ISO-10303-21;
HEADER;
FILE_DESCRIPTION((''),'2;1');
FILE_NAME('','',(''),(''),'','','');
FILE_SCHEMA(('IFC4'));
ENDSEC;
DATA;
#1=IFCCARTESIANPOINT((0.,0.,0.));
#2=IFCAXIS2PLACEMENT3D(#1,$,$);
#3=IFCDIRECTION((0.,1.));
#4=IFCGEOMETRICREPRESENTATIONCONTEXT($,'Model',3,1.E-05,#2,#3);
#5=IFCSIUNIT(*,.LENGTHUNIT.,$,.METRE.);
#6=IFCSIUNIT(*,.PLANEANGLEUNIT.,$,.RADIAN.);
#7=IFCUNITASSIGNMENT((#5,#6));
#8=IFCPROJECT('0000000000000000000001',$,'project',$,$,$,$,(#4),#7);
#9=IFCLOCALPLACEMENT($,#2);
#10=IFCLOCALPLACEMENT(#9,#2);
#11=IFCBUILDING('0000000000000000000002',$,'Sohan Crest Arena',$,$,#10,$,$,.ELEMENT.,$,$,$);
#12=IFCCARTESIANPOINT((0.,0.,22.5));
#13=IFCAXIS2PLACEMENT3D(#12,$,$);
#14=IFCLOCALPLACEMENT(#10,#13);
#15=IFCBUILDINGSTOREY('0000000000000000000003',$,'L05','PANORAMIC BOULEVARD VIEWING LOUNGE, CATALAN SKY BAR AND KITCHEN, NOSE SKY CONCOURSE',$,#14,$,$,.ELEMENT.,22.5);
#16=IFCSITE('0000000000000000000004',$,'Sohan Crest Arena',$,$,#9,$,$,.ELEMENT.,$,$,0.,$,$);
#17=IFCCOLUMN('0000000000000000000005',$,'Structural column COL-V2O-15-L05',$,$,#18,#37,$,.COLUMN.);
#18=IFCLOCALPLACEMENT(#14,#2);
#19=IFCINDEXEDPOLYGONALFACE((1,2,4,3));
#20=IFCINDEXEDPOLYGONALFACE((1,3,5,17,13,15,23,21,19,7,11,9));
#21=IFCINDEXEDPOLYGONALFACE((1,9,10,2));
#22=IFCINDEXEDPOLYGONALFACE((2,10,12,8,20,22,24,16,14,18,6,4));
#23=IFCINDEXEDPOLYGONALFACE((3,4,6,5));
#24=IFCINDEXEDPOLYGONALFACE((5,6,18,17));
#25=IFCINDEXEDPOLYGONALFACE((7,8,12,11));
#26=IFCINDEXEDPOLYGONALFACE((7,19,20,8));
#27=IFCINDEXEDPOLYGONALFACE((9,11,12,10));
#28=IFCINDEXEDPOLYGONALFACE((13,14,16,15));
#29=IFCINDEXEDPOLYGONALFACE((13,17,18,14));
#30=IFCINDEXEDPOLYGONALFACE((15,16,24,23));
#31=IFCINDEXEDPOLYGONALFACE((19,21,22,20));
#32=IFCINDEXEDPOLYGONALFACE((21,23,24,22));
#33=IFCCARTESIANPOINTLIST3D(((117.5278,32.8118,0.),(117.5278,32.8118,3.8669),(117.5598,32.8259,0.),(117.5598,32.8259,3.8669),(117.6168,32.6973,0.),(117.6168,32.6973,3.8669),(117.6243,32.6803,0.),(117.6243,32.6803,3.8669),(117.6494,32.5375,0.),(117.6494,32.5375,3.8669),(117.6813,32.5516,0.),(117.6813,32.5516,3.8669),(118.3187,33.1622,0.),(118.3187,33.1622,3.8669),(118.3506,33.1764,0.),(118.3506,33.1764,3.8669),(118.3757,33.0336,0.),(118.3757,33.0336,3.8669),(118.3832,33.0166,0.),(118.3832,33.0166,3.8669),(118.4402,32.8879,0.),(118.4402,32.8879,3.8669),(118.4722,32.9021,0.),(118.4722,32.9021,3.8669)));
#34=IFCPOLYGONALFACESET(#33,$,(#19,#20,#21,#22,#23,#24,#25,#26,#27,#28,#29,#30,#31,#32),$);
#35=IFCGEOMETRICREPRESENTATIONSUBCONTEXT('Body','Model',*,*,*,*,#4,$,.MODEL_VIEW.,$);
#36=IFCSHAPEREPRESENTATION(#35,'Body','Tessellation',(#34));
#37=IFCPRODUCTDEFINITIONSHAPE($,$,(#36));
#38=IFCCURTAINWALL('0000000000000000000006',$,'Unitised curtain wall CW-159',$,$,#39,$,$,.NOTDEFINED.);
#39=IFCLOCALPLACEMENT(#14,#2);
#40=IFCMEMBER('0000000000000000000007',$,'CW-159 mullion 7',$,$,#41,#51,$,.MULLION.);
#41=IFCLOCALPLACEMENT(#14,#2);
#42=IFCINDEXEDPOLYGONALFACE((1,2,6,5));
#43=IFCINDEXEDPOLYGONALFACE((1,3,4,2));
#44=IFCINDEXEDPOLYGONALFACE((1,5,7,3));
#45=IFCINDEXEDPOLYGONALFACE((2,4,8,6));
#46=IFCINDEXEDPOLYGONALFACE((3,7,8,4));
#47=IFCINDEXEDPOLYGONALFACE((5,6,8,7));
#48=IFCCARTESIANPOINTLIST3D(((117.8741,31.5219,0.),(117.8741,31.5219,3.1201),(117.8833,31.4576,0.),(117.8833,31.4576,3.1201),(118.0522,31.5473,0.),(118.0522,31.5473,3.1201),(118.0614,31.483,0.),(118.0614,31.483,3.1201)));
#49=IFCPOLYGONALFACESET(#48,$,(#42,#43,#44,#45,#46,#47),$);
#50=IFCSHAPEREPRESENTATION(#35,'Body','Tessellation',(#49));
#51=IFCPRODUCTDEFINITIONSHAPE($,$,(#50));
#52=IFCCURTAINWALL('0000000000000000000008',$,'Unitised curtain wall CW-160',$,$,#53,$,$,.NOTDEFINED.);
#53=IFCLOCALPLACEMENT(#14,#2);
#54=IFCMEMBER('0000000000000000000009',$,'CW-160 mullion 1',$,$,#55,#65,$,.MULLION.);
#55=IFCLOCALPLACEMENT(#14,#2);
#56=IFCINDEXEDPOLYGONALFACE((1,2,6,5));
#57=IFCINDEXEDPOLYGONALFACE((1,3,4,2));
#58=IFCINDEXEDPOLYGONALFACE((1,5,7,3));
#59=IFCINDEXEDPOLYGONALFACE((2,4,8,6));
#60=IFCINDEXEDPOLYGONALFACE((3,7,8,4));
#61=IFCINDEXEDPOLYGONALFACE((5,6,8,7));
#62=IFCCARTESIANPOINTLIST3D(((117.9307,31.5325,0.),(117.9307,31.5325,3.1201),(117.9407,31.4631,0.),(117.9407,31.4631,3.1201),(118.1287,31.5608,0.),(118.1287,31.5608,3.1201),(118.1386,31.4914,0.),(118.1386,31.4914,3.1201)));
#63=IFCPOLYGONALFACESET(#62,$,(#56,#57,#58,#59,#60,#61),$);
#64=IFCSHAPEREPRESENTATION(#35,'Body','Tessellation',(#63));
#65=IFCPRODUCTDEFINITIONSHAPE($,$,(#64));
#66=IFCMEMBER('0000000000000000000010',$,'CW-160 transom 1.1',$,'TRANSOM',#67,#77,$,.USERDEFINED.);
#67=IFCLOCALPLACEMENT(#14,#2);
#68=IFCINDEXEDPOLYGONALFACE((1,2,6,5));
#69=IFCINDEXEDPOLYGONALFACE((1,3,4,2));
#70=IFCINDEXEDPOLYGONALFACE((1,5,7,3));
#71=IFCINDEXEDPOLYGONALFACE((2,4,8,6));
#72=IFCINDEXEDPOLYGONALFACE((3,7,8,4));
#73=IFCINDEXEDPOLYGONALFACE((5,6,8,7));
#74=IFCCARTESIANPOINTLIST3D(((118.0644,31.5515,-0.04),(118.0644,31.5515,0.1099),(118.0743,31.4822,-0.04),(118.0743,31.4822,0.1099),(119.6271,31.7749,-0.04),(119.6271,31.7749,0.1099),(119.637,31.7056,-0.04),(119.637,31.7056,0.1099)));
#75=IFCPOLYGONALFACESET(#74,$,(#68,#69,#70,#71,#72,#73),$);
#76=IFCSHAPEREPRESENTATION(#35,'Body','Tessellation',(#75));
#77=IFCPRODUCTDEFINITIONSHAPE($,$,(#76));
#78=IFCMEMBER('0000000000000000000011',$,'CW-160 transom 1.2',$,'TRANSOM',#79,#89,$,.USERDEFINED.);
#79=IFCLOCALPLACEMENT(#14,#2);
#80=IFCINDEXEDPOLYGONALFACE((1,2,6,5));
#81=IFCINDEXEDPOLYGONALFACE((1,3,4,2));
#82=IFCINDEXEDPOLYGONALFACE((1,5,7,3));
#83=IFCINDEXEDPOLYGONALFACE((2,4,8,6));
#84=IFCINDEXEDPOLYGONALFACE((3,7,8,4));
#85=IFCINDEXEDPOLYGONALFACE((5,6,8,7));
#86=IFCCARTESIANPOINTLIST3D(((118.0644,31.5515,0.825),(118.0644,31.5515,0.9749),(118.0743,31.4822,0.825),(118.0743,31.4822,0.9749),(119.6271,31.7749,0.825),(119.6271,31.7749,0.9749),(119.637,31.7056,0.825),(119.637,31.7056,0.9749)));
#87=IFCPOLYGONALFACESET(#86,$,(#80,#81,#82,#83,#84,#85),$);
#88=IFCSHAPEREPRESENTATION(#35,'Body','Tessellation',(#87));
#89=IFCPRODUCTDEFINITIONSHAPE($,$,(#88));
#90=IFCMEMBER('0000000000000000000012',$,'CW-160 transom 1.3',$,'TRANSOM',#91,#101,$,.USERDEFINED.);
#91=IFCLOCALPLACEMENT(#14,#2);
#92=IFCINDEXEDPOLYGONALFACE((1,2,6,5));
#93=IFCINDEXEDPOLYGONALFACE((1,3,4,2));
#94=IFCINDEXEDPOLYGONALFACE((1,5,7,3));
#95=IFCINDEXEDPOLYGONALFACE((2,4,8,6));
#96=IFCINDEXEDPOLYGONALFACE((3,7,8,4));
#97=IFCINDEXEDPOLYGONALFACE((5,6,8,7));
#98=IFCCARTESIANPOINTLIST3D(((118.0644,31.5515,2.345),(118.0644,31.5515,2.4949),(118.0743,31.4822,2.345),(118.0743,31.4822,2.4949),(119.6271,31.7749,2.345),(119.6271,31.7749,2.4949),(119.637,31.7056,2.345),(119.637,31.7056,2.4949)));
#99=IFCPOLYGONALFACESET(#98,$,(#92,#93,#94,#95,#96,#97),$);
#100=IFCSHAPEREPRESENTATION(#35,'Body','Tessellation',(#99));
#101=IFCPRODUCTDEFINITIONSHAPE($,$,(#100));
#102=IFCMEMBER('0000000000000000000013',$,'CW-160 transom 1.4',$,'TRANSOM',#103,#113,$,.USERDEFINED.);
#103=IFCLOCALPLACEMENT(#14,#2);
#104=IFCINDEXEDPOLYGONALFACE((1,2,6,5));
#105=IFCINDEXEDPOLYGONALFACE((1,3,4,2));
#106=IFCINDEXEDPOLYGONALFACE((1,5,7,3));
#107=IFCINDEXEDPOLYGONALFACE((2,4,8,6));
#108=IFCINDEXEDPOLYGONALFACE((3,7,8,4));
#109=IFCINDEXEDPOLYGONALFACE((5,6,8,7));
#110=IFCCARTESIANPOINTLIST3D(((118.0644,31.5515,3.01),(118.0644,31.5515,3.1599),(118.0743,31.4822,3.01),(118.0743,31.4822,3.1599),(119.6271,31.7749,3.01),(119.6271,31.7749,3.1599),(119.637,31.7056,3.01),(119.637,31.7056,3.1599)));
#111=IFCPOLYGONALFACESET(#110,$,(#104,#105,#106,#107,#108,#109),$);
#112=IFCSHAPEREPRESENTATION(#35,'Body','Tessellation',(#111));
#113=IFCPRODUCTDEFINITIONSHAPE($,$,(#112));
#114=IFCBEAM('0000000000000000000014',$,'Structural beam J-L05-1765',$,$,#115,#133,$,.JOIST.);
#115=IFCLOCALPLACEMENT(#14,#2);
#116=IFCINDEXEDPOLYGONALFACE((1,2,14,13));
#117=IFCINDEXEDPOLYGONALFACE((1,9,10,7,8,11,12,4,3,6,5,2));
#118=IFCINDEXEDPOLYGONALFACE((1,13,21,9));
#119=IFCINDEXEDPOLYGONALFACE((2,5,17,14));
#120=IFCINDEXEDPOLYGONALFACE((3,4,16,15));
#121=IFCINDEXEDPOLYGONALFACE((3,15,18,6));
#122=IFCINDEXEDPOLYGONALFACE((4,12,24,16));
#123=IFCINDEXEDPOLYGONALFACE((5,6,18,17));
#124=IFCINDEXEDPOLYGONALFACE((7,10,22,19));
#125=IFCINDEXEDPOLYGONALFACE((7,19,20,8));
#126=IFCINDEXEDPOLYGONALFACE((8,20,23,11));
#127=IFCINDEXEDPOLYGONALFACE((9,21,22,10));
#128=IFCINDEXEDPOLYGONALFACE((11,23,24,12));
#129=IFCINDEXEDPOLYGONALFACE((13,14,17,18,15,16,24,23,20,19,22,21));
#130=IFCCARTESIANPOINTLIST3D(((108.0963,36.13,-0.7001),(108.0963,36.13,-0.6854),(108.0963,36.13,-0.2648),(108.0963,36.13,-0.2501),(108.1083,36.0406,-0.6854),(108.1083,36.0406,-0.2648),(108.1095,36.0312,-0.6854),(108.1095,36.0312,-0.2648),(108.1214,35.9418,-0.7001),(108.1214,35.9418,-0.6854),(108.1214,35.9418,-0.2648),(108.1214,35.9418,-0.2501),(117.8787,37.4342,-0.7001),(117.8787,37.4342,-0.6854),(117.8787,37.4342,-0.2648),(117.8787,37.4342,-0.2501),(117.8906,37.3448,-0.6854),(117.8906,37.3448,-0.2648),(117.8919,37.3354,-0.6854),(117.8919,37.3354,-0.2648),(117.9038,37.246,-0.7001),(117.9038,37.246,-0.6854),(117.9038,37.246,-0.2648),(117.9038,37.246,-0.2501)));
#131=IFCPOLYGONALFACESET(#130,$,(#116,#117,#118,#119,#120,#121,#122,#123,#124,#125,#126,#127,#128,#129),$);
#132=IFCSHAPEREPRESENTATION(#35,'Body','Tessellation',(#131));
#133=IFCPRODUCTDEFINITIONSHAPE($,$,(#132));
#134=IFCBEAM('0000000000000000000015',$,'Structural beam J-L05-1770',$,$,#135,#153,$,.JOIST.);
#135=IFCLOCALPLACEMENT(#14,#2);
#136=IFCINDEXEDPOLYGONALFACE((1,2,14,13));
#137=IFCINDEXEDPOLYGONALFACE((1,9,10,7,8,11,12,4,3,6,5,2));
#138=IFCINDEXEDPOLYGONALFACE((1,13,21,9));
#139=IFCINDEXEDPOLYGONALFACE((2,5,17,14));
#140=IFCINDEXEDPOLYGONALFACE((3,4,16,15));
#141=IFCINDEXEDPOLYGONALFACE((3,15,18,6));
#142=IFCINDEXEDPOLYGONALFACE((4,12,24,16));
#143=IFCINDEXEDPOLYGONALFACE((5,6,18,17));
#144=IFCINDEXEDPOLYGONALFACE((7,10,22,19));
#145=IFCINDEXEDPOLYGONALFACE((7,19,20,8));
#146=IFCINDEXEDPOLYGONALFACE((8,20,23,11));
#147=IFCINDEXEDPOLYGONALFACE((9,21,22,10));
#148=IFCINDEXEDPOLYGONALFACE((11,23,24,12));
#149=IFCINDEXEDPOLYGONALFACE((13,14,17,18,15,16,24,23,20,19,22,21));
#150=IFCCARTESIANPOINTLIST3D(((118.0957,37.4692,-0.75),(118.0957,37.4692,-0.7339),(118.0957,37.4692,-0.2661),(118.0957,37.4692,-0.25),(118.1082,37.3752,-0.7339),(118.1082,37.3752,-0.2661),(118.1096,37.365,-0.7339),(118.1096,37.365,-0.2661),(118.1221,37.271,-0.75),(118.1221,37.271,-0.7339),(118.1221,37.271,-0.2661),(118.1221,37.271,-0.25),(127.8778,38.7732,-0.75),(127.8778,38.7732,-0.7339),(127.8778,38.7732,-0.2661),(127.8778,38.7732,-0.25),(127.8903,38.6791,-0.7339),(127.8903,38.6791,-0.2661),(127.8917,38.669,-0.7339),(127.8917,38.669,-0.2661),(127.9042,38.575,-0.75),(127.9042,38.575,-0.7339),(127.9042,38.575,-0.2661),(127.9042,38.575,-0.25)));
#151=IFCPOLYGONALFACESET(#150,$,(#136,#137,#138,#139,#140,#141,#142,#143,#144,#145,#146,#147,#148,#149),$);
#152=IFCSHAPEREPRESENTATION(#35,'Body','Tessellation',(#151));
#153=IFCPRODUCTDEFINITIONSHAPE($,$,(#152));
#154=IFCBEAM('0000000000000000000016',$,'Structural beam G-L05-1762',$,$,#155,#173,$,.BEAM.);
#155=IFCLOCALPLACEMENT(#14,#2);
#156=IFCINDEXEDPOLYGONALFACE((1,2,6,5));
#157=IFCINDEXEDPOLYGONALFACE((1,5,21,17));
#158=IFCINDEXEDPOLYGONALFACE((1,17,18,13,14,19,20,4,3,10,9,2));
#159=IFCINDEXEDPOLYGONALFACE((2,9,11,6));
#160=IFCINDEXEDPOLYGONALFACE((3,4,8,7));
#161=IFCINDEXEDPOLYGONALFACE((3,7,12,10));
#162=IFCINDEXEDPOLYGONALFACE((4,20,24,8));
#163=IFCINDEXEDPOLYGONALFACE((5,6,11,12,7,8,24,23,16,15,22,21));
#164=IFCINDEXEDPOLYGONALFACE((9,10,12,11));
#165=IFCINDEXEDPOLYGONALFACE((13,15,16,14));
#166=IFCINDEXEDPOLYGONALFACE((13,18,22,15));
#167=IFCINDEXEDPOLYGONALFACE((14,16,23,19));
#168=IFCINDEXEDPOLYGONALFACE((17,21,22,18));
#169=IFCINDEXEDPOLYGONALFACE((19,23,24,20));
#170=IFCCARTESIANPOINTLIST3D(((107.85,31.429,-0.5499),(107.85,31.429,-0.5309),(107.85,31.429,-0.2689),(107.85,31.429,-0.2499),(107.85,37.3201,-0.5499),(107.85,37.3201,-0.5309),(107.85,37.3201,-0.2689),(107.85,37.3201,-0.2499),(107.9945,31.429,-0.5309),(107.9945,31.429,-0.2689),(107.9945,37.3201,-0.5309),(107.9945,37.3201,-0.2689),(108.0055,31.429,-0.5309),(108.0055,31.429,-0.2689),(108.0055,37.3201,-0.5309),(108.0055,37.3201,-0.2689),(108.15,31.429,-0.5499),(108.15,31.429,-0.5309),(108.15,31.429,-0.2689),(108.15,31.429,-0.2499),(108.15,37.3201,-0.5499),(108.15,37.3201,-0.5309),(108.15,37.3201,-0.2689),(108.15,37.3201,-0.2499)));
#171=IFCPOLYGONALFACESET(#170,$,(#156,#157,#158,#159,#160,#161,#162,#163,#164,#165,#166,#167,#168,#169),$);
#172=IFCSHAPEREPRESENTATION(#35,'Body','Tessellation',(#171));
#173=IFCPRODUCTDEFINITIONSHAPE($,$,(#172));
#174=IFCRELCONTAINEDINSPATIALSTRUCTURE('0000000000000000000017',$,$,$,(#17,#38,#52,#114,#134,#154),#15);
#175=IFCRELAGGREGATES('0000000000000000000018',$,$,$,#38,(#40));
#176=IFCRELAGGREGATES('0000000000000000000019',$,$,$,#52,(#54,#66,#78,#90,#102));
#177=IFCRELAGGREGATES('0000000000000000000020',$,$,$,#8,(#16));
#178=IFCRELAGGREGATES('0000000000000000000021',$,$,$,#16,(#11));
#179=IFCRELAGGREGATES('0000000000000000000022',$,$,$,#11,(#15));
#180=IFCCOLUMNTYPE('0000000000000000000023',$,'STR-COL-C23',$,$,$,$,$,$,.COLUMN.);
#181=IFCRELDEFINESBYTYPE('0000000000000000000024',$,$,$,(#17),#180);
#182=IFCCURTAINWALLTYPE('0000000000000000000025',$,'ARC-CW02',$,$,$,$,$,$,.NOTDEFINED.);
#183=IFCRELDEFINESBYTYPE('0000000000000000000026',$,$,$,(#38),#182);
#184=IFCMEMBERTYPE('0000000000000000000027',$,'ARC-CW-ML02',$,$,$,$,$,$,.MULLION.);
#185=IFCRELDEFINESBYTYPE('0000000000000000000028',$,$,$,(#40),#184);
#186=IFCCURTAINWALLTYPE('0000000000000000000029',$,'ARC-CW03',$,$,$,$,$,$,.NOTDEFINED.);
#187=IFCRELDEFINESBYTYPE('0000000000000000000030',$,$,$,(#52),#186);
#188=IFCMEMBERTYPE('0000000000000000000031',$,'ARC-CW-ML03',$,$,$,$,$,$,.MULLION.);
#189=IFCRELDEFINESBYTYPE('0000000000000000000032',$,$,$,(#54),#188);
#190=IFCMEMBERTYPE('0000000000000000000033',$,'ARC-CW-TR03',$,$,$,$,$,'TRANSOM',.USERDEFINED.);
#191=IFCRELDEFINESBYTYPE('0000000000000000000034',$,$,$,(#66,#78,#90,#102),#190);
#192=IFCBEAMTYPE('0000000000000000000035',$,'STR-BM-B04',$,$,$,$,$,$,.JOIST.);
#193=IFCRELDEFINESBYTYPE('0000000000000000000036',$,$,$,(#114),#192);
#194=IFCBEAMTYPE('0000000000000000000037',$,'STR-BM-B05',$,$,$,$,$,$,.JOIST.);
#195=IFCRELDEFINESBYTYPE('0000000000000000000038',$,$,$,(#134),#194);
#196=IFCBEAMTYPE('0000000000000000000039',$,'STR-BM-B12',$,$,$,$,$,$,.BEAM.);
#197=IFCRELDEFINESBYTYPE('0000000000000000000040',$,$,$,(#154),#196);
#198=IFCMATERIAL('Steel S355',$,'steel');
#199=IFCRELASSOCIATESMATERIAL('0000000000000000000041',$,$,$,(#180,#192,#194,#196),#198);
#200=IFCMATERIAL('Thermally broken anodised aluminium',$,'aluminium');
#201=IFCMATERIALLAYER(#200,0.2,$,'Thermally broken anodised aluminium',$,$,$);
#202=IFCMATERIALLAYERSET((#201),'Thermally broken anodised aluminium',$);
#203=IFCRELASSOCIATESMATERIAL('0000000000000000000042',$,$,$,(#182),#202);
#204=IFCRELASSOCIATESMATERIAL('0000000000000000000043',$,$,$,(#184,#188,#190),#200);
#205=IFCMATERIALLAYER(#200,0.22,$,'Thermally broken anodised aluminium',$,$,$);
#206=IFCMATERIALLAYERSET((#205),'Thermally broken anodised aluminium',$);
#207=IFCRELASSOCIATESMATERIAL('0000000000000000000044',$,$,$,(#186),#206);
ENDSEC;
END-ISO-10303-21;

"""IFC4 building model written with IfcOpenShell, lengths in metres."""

from ifc_helpers import new_model, si_unit, direction, frame, origin, origin_2d, place, context, subcontext, project, spatial, rectangle, i_section, extrude, material, layer, layer_set, material_profile, profile_set, type_object, element, aggregate, save


model = new_model("IFC4")

# Units and contexts
model_context = context("Model", 3, precision=1e-05, world=origin(), true_north=direction((0.0, 1.0)))
body_context = subcontext(model_context, "Body", "Model", "MODEL_VIEW")
ifc_project = project(units=[si_unit("LENGTHUNIT", "METRE"), si_unit("PLANEANGLEUNIT", "RADIAN")], contexts=[model_context])

# Site, building, storey
site_placement = place(None, origin())
site = spatial("IfcSite", under=ifc_project, at=site_placement, Name="Sohan Crest Arena", CompositionType="ELEMENT", RefElevation=0.0)
building_placement = place(site_placement, origin())
building = spatial("IfcBuilding", under=site, at=building_placement, Name="Sohan Crest Arena", CompositionType="ELEMENT")
storey_placement = place(building_placement, frame((0.0, 0.0, 22.5)))
storey = spatial("IfcBuildingStorey", under=building, at=storey_placement, Name="L05", Description="PANORAMIC BOULEVARD VIEWING LOUNGE, CATALAN SKY BAR AND KITCHEN, NOSE SKY CONCOURSE", CompositionType="ELEMENT", Elevation=22.5)

# Column
ifc_material_1 = material(Name="Steel S355", Category="steel")
ifc_material_profile_1 = material_profile(ifc_material_1, i_section(OverallWidth=0.3, OverallDepth=0.8999, WebThickness=0.0186, FlangeThickness=0.0349, at=origin_2d()), Name="HEB 900")
ifc_profile_set_1 = profile_set([ifc_material_profile_1], Name="Steel S355")
column_type = type_object("IfcColumnType", Name="STR-COL-C23", PredefinedType="COLUMN", material=ifc_profile_set_1)
column_placement = place(storey_placement, frame((118.0, 32.8569, 0.0), z_axis=(0.0, 0.0, 1.0), x_axis=(-0.405142, 0.914254, 0.0)))
element("IfcColumn", 1, at=column_placement, inside=storey, type_object=column_type, Name="Structural column COL-V2O-15-L05", PredefinedType="COLUMN", context=body_context, shape_type="SweptSolid", body=[
    extrude(i_section(OverallWidth=0.3, OverallDepth=0.8999, WebThickness=0.0186, FlangeThickness=0.0349, at=origin_2d()), origin(), (0.0, 0.0, 1.0), 3.8669),
])

# Curtain wall, member
ifc_material_2 = material(Name="Thermally broken anodised aluminium", Category="aluminium")
ifc_layer_1 = layer(ifc_material_2, 0.2, Name="Thermally broken anodised aluminium")
ifc_layer_set_1 = layer_set([ifc_layer_1], Name="Thermally broken anodised aluminium")
curtain_wall_type_1 = type_object("IfcCurtainWallType", Name="ARC-CW02", PredefinedType="NOTDEFINED", material=ifc_layer_set_1)
curtain_wall_1_placement = place(storey_placement, origin())
curtain_wall_1 = element("IfcCurtainWall", 2, at=curtain_wall_1_placement, inside=storey, type_object=curtain_wall_type_1, Name="Unitised curtain wall CW-159", PredefinedType="NOTDEFINED")
ifc_material_profile_2 = material_profile(ifc_material_2, rectangle(XDim=0.0649, YDim=0.1799, at=origin_2d()), Name="ALU-MULL 65x180")
ifc_profile_set_2 = profile_set([ifc_material_profile_2], Name="Thermally broken anodised aluminium")
member_type_1 = type_object("IfcMemberType", Name="ARC-CW-ML02", PredefinedType="MULLION", material=ifc_profile_set_2)
member_1_placement = place(storey_placement, frame((117.9678, 31.5024, 0.0), z_axis=(0.0, 0.0, 1.0), x_axis=(-0.141366, 0.989957, 0.0)))
member_1 = element("IfcMember", 3, at=member_1_placement, type_object=member_type_1, Name="CW-159 mullion 7", PredefinedType="MULLION", context=body_context, shape_type="SweptSolid", body=[
    extrude(rectangle(XDim=0.0649, YDim=0.1799, at=origin_2d()), origin(), (0.0, 0.0, 1.0), 3.1201),
])

# Curtain wall, members
ifc_layer_2 = layer(ifc_material_2, 0.22, Name="Thermally broken anodised aluminium")
ifc_layer_set_2 = layer_set([ifc_layer_2], Name="Thermally broken anodised aluminium")
curtain_wall_type_2 = type_object("IfcCurtainWallType", Name="ARC-CW03", PredefinedType="NOTDEFINED", material=ifc_layer_set_2)
curtain_wall_2_placement = place(storey_placement, origin())
curtain_wall_2 = element("IfcCurtainWall", 4, at=curtain_wall_2_placement, inside=storey, type_object=curtain_wall_type_2, Name="Unitised curtain wall CW-160", PredefinedType="NOTDEFINED")
ifc_material_profile_3 = material_profile(ifc_material_2, rectangle(XDim=0.0701, YDim=0.2, at=origin_2d()), Name="ALU-MULL 70x200")
ifc_profile_set_3 = profile_set([ifc_material_profile_3], Name="Thermally broken anodised aluminium")
member_type_2 = type_object("IfcMemberType", Name="ARC-CW-ML03", PredefinedType="MULLION", material=ifc_profile_set_3)
member_2_placement = place(storey_placement, frame((118.0347, 31.512, 0.0), z_axis=(0.0, 0.0, 1.0), x_axis=(-0.141463, 0.989944, 0.0)))
member_2 = element("IfcMember", 5, at=member_2_placement, type_object=member_type_2, Name="CW-160 mullion 1", PredefinedType="MULLION", context=body_context, shape_type="SweptSolid", body=[
    extrude(rectangle(XDim=0.0701, YDim=0.2, at=origin_2d()), origin(), (0.0, 0.0, 1.0), 3.1201),
])
ifc_material_profile_4 = material_profile(ifc_material_2, rectangle(XDim=0.0701, YDim=0.1499, at=origin_2d()), Name="ALU-TRAN 70x150")
ifc_profile_set_4 = profile_set([ifc_material_profile_4], Name="Thermally broken anodised aluminium")
member_type_3 = type_object("IfcMemberType", Name="ARC-CW-TR03", ElementType="TRANSOM", PredefinedType="USERDEFINED", material=ifc_profile_set_4)
member_3_placement = place(storey_placement, frame((118.0693, 31.5168, 0.0349), z_axis=(0.989937, 0.141508, 0.0), x_axis=(-0.141508, 0.989937, 0.0)))
member_3 = element("IfcMember", 6, at=member_3_placement, type_object=member_type_3, Name="CW-160 transom 1.1", ObjectType="TRANSOM", PredefinedType="USERDEFINED", context=body_context, shape_type="SweptSolid", body=[
    extrude(rectangle(XDim=0.0701, YDim=0.1499, at=origin_2d()), origin(), (0.0, 0.0, 1.0), 1.5786),
])
member_4_placement = place(storey_placement, frame((118.0693, 31.5168, 0.8999), z_axis=(0.989937, 0.141508, 0.0), x_axis=(-0.141508, 0.989937, 0.0)))
member_4 = element("IfcMember", 7, at=member_4_placement, type_object=member_type_3, Name="CW-160 transom 1.2", ObjectType="TRANSOM", PredefinedType="USERDEFINED", context=body_context, shape_type="SweptSolid", body=[
    extrude(rectangle(XDim=0.0701, YDim=0.1499, at=origin_2d()), origin(), (0.0, 0.0, 1.0), 1.5786),
])
member_5_placement = place(storey_placement, frame((118.0693, 31.5168, 2.4199), z_axis=(0.989937, 0.141508, 0.0), x_axis=(-0.141508, 0.989937, 0.0)))
member_5 = element("IfcMember", 8, at=member_5_placement, type_object=member_type_3, Name="CW-160 transom 1.3", ObjectType="TRANSOM", PredefinedType="USERDEFINED", context=body_context, shape_type="SweptSolid", body=[
    extrude(rectangle(XDim=0.0701, YDim=0.1499, at=origin_2d()), origin(), (0.0, 0.0, 1.0), 1.5786),
])
member_6_placement = place(storey_placement, frame((118.0693, 31.5168, 3.085), z_axis=(0.989937, 0.141508, 0.0), x_axis=(-0.141508, 0.989937, 0.0)))
member_6 = element("IfcMember", 9, at=member_6_placement, type_object=member_type_3, Name="CW-160 transom 1.4", ObjectType="TRANSOM", PredefinedType="USERDEFINED", context=body_context, shape_type="SweptSolid", body=[
    extrude(rectangle(XDim=0.0701, YDim=0.1499, at=origin_2d()), origin(), (0.0, 0.0, 1.0), 1.5786),
])

# Beams
ifc_material_profile_5 = material_profile(ifc_material_1, i_section(OverallWidth=0.1899, OverallDepth=0.45, WebThickness=0.0095, FlangeThickness=0.0146, at=origin_2d()), Name="IPE 450")
ifc_profile_set_5 = profile_set([ifc_material_profile_5], Name="Steel S355")
beam_type_1 = type_object("IfcBeamType", Name="STR-BM-B04", PredefinedType="JOIST", material=ifc_profile_set_5)
beam_1_placement = place(storey_placement, frame((108.1089, 36.0359, -0.4751), z_axis=(0.991229, 0.132154, 0.0), x_axis=(-0.132154, 0.991229, 0.0)))
element("IfcBeam", 10, at=beam_1_placement, inside=storey, type_object=beam_type_1, Name="Structural beam J-L05-1765", PredefinedType="JOIST", context=body_context, shape_type="SweptSolid", body=[
    extrude(i_section(OverallWidth=0.1899, OverallDepth=0.45, WebThickness=0.0095, FlangeThickness=0.0146, at=origin_2d()), origin(), (0.0, 0.0, 1.0), 9.8689),
])
ifc_material_profile_6 = material_profile(ifc_material_1, i_section(OverallWidth=0.2, OverallDepth=0.5, WebThickness=0.0103, FlangeThickness=0.0161, at=origin_2d()), Name="IPE 500")
ifc_profile_set_6 = profile_set([ifc_material_profile_6], Name="Steel S355")
beam_type_2 = type_object("IfcBeamType", Name="STR-BM-B05", PredefinedType="JOIST", material=ifc_profile_set_6)
beam_2_placement = place(storey_placement, frame((118.1089, 37.3701, -0.5), z_axis=(0.991232, 0.13213, 0.0), x_axis=(-0.13213, 0.991232, 0.0)))
element("IfcBeam", 11, at=beam_2_placement, inside=storey, type_object=beam_type_2, Name="Structural beam J-L05-1770", PredefinedType="JOIST", context=body_context, shape_type="SweptSolid", body=[
    extrude(i_section(OverallWidth=0.2, OverallDepth=0.5, WebThickness=0.0103, FlangeThickness=0.0161, at=origin_2d()), origin(), (0.0, 0.0, 1.0), 9.8687),
])
ifc_material_profile_7 = material_profile(ifc_material_1, i_section(OverallWidth=0.3, OverallDepth=0.3, WebThickness=0.011, FlangeThickness=0.019, at=origin_2d()), Name="HEB 300")
ifc_profile_set_7 = profile_set([ifc_material_profile_7], Name="Steel S355")
beam_type_3 = type_object("IfcBeamType", Name="STR-BM-B12", PredefinedType="BEAM", material=ifc_profile_set_7)
beam_3_placement = place(storey_placement, frame((108.0, 37.3201, -0.3999), z_axis=(0.0, -1.0, 0.0), x_axis=(1.0, 0.0, 0.0)))
element("IfcBeam", 12, at=beam_3_placement, inside=storey, type_object=beam_type_3, Name="Structural beam G-L05-1762", PredefinedType="BEAM", context=body_context, shape_type="SweptSolid", body=[
    extrude(i_section(OverallWidth=0.3, OverallDepth=0.3, WebThickness=0.011, FlangeThickness=0.019, at=origin_2d()), origin(), (0.0, 0.0, 1.0), 5.8911),
])

aggregate(curtain_wall_1, [member_1])
aggregate(curtain_wall_2, [member_2, member_3, member_4, member_5, member_6])

save(model, "model.ifc")
